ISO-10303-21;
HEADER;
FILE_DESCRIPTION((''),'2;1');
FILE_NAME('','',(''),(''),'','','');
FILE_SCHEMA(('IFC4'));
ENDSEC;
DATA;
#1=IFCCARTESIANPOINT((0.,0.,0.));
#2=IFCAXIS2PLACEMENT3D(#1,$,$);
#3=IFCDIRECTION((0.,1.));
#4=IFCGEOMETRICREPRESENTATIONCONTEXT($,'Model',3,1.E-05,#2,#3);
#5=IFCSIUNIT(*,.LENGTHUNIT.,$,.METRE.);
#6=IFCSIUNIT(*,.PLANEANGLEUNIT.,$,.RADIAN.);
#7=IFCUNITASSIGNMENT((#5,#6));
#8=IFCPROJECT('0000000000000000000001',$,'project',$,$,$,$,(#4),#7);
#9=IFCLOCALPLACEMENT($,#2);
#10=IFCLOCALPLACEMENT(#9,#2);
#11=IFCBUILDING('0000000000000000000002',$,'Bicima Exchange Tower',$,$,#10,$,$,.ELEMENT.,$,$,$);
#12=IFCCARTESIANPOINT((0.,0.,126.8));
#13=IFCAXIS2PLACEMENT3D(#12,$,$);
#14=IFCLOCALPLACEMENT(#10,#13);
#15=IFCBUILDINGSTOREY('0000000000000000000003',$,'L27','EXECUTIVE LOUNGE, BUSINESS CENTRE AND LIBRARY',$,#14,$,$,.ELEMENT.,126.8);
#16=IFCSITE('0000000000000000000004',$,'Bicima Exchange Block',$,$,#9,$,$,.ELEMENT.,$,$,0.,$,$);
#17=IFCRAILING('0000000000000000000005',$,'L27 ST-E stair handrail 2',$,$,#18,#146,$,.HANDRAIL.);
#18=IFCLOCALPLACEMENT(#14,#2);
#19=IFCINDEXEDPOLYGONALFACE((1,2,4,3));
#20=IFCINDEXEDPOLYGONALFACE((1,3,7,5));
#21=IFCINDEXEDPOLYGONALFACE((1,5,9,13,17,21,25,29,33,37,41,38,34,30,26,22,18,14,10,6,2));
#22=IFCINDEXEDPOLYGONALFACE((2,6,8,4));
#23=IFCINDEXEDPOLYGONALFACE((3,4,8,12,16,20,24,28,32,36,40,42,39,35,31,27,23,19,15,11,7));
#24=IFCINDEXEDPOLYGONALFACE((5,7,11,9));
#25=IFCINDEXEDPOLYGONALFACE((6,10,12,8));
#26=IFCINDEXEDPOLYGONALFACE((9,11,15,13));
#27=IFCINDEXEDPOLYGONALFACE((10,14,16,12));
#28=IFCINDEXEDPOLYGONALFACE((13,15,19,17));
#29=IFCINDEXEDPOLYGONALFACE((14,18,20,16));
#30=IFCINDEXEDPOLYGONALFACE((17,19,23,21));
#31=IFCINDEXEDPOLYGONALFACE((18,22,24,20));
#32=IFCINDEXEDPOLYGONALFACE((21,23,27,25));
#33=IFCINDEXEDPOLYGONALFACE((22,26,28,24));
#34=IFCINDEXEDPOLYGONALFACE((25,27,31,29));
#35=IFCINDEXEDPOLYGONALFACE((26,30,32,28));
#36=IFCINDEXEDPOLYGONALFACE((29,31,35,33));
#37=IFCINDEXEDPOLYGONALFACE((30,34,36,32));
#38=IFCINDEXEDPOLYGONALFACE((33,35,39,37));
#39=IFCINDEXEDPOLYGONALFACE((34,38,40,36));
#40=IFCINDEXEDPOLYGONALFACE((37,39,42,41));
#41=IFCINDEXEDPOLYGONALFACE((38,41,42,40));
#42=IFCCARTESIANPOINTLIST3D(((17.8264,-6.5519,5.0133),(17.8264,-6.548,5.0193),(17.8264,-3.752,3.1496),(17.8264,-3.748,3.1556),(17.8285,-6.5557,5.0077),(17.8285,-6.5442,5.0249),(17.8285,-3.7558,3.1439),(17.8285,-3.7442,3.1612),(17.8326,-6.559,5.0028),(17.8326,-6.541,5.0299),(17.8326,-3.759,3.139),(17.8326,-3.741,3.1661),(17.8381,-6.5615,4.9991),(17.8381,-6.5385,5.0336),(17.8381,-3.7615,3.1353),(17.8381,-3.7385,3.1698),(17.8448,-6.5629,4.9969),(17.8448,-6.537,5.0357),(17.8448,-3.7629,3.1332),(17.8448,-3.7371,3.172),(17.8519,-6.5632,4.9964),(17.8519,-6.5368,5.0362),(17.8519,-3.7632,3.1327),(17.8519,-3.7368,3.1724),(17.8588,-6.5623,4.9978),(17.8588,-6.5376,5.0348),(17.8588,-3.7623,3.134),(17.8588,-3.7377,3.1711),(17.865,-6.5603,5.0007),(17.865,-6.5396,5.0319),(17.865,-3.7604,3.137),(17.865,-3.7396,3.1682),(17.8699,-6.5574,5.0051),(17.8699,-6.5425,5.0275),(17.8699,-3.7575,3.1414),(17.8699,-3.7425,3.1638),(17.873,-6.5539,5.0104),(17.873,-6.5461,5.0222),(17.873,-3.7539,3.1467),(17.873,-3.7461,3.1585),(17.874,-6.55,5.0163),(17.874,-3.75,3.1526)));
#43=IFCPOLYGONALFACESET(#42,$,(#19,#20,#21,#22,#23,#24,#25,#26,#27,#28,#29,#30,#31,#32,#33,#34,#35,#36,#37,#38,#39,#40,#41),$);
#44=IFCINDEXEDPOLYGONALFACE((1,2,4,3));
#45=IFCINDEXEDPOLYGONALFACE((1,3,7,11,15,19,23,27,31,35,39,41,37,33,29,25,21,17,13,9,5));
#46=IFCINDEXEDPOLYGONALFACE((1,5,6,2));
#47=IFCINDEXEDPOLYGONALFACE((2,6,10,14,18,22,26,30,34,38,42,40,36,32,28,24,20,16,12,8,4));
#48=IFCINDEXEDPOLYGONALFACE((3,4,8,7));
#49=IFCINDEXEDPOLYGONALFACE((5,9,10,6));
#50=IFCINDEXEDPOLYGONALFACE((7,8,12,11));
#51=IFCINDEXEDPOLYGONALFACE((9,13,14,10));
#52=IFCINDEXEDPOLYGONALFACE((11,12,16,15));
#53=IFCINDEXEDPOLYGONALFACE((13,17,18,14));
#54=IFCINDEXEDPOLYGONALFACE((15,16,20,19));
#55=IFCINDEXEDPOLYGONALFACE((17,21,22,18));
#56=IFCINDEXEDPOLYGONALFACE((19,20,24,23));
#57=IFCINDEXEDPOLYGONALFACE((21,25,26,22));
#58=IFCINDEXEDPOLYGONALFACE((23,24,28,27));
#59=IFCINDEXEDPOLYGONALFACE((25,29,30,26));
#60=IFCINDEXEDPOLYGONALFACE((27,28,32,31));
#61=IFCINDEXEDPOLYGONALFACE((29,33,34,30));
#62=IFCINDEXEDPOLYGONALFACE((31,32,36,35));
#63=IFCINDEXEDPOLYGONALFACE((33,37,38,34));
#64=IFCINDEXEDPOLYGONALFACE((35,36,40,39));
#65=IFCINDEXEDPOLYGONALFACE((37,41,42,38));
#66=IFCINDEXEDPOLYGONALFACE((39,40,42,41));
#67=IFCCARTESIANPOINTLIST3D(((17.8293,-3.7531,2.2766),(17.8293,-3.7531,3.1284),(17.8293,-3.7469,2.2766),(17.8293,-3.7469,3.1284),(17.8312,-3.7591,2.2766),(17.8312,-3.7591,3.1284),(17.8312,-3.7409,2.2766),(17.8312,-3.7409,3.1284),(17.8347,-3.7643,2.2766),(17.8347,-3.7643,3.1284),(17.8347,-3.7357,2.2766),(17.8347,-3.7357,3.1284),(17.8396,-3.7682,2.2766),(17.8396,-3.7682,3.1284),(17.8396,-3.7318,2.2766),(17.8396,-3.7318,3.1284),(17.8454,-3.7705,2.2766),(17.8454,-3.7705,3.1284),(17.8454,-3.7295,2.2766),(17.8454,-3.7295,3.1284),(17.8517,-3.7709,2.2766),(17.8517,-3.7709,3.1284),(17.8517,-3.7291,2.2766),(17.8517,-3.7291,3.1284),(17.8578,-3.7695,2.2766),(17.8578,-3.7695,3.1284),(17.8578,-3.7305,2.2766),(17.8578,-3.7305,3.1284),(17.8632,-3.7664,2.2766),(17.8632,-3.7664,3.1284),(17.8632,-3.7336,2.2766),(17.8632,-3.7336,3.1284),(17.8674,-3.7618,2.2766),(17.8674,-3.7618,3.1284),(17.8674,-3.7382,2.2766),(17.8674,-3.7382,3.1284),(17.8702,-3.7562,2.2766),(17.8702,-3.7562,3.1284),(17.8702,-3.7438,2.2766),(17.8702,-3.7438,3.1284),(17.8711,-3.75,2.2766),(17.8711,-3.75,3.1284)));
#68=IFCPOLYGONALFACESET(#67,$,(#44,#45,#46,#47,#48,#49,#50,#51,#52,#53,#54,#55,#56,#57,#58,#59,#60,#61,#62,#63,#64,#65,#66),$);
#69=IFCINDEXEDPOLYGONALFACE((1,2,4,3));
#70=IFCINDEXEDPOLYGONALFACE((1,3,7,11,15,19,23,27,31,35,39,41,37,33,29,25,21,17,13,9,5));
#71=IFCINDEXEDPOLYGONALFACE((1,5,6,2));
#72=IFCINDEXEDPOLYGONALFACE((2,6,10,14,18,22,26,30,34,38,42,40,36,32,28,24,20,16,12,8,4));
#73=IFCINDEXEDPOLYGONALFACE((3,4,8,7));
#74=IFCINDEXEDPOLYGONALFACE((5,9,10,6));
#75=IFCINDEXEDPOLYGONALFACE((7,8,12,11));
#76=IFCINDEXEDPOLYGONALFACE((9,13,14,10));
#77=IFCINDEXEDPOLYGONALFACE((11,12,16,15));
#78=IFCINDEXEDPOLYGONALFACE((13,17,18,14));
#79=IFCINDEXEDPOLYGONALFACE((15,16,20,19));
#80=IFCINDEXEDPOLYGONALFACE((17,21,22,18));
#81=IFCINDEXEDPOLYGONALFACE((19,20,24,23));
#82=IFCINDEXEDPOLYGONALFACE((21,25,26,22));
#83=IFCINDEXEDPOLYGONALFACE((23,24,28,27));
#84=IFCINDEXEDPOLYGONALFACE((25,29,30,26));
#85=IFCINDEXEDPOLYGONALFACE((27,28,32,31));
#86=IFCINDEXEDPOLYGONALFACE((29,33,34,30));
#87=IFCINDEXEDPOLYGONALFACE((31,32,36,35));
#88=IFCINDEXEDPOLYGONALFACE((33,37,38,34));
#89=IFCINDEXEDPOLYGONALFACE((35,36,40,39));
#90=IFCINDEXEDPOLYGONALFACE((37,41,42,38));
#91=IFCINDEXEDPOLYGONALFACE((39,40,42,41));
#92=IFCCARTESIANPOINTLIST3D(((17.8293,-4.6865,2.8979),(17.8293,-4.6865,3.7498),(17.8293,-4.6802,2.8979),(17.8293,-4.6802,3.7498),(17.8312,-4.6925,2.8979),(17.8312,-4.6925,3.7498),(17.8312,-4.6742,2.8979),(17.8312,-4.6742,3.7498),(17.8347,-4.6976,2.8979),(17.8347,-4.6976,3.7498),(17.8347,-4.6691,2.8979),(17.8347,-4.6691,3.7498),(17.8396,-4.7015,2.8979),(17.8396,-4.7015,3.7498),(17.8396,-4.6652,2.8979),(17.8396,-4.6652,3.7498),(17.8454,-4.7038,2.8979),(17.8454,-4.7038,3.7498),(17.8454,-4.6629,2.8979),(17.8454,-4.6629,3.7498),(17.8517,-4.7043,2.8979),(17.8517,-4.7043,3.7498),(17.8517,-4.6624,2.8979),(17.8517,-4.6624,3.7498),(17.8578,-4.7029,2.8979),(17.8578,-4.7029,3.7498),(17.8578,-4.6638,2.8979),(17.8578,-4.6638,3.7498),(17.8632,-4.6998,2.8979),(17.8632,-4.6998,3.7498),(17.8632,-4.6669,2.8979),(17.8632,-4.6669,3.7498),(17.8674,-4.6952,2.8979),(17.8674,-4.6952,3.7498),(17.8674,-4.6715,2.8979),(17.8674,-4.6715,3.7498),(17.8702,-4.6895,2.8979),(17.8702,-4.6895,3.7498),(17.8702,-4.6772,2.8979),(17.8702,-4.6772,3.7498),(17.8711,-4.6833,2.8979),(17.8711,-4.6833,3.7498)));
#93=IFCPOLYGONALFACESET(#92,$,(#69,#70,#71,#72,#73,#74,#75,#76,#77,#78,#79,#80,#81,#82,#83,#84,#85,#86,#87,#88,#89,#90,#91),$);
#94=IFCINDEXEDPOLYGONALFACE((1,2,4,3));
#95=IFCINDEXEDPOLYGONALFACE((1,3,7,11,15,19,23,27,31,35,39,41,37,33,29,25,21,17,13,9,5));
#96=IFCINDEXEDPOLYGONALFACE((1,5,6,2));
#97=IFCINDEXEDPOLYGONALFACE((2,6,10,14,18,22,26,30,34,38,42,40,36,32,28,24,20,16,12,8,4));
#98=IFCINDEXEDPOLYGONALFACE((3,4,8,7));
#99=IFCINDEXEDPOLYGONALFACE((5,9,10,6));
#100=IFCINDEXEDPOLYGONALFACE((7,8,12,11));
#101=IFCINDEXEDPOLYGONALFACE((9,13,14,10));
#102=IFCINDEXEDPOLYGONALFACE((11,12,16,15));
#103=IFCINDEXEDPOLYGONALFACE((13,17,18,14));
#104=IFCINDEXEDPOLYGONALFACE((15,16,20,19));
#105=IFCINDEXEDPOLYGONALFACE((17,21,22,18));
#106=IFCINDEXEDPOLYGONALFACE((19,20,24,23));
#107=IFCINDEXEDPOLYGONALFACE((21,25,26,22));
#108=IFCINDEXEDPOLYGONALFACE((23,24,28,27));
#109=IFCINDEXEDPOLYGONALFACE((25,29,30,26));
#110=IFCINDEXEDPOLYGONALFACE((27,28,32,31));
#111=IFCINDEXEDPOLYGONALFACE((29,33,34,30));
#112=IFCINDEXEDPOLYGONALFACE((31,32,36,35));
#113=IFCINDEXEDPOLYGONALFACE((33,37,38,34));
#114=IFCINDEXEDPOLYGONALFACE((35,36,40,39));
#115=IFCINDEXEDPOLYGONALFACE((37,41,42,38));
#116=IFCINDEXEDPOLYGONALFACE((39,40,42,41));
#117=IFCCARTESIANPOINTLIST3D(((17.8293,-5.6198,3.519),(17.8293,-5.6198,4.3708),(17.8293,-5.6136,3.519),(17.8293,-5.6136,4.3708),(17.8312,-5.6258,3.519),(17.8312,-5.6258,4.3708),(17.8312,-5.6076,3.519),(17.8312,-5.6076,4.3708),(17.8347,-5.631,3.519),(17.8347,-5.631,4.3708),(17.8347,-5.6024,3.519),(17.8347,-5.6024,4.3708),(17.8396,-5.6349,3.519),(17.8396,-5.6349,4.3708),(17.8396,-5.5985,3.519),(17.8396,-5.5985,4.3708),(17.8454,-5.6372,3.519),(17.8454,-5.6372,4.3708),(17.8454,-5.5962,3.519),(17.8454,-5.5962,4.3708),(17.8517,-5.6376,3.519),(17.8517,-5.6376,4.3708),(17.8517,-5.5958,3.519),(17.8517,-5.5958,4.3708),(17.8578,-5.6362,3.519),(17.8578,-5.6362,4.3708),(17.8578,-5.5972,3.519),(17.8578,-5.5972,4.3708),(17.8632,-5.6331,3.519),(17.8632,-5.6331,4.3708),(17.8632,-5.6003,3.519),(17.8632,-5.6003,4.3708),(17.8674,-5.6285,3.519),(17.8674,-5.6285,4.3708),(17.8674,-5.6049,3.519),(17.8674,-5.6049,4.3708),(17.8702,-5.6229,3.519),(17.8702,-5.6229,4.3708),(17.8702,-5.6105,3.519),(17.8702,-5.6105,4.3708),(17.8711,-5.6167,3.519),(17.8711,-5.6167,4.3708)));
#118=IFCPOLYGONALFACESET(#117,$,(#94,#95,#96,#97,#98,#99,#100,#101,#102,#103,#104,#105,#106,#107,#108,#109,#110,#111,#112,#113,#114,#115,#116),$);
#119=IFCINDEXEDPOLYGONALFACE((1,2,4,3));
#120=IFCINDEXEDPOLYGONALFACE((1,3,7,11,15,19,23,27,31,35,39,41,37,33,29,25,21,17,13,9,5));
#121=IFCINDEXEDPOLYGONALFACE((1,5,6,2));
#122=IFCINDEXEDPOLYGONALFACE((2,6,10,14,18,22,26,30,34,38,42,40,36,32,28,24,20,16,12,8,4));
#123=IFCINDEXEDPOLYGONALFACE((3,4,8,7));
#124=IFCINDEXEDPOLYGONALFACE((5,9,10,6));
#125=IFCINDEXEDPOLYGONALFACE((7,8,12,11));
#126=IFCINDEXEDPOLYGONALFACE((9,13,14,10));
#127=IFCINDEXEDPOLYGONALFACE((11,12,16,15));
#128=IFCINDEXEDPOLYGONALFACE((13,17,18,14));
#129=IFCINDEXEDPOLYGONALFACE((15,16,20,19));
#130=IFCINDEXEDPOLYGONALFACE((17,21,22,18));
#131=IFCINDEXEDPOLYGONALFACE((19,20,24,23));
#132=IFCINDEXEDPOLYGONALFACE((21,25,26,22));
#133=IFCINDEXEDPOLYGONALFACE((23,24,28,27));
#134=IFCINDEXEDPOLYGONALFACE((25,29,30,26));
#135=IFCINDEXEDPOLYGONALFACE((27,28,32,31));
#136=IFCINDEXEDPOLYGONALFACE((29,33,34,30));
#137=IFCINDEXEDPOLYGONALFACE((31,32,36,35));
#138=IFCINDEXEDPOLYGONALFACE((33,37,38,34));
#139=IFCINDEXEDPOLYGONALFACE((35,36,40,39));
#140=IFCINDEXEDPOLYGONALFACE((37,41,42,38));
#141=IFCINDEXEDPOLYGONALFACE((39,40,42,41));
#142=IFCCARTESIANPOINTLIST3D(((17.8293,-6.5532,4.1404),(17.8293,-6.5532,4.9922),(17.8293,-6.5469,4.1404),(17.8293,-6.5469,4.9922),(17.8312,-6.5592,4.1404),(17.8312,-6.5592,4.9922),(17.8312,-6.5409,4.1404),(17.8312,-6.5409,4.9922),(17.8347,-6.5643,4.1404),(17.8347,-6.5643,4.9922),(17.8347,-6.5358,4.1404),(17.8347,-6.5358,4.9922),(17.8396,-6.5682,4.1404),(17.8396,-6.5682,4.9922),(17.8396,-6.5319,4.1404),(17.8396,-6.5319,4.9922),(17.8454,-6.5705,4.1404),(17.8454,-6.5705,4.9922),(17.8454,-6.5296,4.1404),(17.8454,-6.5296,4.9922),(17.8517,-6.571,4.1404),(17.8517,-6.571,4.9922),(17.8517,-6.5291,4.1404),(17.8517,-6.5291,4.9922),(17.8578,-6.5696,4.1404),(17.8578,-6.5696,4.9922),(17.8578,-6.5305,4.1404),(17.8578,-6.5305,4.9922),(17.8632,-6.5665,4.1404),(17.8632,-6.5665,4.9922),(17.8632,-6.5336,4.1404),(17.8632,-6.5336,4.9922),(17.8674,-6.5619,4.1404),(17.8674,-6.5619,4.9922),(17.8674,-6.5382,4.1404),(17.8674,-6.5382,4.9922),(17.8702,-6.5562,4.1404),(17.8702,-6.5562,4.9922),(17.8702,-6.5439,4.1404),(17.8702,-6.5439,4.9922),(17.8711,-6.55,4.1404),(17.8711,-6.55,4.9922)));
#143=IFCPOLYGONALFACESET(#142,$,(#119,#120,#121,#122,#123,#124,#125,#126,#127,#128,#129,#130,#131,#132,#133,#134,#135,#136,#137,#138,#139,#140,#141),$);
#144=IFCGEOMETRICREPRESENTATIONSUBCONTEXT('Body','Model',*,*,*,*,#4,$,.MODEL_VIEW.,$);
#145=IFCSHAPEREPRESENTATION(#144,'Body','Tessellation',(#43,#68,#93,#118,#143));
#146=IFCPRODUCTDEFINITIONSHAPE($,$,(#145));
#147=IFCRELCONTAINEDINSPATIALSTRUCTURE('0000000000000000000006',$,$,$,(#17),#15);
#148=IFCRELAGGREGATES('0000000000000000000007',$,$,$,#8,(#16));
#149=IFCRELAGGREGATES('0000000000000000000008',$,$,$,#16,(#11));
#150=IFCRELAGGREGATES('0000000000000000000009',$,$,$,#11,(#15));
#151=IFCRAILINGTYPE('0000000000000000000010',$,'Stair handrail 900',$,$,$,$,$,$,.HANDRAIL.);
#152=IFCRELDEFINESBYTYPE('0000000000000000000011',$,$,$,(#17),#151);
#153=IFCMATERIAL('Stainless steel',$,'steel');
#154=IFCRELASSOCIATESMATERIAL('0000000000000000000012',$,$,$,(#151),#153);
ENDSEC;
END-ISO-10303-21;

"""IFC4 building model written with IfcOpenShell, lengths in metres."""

from ifc_helpers import new_model, si_unit, direction, frame, origin, origin_2d, place, context, subcontext, project, spatial, circle, extrude, material, type_object, element, save


model = new_model("IFC4")

# Units and contexts
model_context = context("Model", 3, precision=1e-05, world=origin(), true_north=direction((0.0, 1.0)))
body_context = subcontext(model_context, "Body", "Model", "MODEL_VIEW")
ifc_project = project(units=[si_unit("LENGTHUNIT", "METRE"), si_unit("PLANEANGLEUNIT", "RADIAN")], contexts=[model_context])

# Site, building, storey
site_placement = place(None, origin())
site = spatial("IfcSite", under=ifc_project, at=site_placement, Name="Bicima Exchange Block", CompositionType="ELEMENT", RefElevation=0.0)
building_placement = place(site_placement, origin())
building = spatial("IfcBuilding", under=site, at=building_placement, Name="Bicima Exchange Tower", CompositionType="ELEMENT")
storey_placement = place(building_placement, frame((0.0, 0.0, 126.8)))
storey = spatial("IfcBuildingStorey", under=building, at=storey_placement, Name="L27", Description="EXECUTIVE LOUNGE, BUSINESS CENTRE AND LIBRARY", CompositionType="ELEMENT", Elevation=126.8)

# Railing
ifc_material_1 = material(Name="Stainless steel", Category="steel")
railing_type_1 = type_object("IfcRailingType", Name="Stair handrail 900", PredefinedType="HANDRAIL", material=ifc_material_1)
railing_1_placement = place(storey_placement, frame((17.8501, -3.75, 2.2766)))
element("IfcRailing", 1, at=railing_1_placement, inside=storey, type_object=railing_type_1, Name="L27 ST-E stair handrail 2", PredefinedType="HANDRAIL", context=body_context, shape_type="SweptSolid", body=[
    extrude(circle(Radius=0.0239, at=origin_2d()), frame((0.0, 0.0, 0.876), z_axis=(0.0, -0.832452, 0.554097), x_axis=(1.0, 0.0, 0.0)), (0.0, 0.0, 1.0), 3.3635),
    extrude(circle(Radius=0.021, at=origin_2d()), origin(), (0.0, 0.0, 1.0), 0.8518),
    extrude(circle(Radius=0.021, at=origin_2d()), frame((0.0, -0.9333, 0.6213)), (0.0, 0.0, 1.0), 0.8518),
    extrude(circle(Radius=0.021, at=origin_2d()), frame((0.0, -1.8667, 1.2424)), (0.0, 0.0, 1.0), 0.8518),
    extrude(circle(Radius=0.021, at=origin_2d()), frame((0.0, -2.8, 1.8638)), (0.0, 0.0, 1.0), 0.8518),
])

save(model, "model.ifc")
